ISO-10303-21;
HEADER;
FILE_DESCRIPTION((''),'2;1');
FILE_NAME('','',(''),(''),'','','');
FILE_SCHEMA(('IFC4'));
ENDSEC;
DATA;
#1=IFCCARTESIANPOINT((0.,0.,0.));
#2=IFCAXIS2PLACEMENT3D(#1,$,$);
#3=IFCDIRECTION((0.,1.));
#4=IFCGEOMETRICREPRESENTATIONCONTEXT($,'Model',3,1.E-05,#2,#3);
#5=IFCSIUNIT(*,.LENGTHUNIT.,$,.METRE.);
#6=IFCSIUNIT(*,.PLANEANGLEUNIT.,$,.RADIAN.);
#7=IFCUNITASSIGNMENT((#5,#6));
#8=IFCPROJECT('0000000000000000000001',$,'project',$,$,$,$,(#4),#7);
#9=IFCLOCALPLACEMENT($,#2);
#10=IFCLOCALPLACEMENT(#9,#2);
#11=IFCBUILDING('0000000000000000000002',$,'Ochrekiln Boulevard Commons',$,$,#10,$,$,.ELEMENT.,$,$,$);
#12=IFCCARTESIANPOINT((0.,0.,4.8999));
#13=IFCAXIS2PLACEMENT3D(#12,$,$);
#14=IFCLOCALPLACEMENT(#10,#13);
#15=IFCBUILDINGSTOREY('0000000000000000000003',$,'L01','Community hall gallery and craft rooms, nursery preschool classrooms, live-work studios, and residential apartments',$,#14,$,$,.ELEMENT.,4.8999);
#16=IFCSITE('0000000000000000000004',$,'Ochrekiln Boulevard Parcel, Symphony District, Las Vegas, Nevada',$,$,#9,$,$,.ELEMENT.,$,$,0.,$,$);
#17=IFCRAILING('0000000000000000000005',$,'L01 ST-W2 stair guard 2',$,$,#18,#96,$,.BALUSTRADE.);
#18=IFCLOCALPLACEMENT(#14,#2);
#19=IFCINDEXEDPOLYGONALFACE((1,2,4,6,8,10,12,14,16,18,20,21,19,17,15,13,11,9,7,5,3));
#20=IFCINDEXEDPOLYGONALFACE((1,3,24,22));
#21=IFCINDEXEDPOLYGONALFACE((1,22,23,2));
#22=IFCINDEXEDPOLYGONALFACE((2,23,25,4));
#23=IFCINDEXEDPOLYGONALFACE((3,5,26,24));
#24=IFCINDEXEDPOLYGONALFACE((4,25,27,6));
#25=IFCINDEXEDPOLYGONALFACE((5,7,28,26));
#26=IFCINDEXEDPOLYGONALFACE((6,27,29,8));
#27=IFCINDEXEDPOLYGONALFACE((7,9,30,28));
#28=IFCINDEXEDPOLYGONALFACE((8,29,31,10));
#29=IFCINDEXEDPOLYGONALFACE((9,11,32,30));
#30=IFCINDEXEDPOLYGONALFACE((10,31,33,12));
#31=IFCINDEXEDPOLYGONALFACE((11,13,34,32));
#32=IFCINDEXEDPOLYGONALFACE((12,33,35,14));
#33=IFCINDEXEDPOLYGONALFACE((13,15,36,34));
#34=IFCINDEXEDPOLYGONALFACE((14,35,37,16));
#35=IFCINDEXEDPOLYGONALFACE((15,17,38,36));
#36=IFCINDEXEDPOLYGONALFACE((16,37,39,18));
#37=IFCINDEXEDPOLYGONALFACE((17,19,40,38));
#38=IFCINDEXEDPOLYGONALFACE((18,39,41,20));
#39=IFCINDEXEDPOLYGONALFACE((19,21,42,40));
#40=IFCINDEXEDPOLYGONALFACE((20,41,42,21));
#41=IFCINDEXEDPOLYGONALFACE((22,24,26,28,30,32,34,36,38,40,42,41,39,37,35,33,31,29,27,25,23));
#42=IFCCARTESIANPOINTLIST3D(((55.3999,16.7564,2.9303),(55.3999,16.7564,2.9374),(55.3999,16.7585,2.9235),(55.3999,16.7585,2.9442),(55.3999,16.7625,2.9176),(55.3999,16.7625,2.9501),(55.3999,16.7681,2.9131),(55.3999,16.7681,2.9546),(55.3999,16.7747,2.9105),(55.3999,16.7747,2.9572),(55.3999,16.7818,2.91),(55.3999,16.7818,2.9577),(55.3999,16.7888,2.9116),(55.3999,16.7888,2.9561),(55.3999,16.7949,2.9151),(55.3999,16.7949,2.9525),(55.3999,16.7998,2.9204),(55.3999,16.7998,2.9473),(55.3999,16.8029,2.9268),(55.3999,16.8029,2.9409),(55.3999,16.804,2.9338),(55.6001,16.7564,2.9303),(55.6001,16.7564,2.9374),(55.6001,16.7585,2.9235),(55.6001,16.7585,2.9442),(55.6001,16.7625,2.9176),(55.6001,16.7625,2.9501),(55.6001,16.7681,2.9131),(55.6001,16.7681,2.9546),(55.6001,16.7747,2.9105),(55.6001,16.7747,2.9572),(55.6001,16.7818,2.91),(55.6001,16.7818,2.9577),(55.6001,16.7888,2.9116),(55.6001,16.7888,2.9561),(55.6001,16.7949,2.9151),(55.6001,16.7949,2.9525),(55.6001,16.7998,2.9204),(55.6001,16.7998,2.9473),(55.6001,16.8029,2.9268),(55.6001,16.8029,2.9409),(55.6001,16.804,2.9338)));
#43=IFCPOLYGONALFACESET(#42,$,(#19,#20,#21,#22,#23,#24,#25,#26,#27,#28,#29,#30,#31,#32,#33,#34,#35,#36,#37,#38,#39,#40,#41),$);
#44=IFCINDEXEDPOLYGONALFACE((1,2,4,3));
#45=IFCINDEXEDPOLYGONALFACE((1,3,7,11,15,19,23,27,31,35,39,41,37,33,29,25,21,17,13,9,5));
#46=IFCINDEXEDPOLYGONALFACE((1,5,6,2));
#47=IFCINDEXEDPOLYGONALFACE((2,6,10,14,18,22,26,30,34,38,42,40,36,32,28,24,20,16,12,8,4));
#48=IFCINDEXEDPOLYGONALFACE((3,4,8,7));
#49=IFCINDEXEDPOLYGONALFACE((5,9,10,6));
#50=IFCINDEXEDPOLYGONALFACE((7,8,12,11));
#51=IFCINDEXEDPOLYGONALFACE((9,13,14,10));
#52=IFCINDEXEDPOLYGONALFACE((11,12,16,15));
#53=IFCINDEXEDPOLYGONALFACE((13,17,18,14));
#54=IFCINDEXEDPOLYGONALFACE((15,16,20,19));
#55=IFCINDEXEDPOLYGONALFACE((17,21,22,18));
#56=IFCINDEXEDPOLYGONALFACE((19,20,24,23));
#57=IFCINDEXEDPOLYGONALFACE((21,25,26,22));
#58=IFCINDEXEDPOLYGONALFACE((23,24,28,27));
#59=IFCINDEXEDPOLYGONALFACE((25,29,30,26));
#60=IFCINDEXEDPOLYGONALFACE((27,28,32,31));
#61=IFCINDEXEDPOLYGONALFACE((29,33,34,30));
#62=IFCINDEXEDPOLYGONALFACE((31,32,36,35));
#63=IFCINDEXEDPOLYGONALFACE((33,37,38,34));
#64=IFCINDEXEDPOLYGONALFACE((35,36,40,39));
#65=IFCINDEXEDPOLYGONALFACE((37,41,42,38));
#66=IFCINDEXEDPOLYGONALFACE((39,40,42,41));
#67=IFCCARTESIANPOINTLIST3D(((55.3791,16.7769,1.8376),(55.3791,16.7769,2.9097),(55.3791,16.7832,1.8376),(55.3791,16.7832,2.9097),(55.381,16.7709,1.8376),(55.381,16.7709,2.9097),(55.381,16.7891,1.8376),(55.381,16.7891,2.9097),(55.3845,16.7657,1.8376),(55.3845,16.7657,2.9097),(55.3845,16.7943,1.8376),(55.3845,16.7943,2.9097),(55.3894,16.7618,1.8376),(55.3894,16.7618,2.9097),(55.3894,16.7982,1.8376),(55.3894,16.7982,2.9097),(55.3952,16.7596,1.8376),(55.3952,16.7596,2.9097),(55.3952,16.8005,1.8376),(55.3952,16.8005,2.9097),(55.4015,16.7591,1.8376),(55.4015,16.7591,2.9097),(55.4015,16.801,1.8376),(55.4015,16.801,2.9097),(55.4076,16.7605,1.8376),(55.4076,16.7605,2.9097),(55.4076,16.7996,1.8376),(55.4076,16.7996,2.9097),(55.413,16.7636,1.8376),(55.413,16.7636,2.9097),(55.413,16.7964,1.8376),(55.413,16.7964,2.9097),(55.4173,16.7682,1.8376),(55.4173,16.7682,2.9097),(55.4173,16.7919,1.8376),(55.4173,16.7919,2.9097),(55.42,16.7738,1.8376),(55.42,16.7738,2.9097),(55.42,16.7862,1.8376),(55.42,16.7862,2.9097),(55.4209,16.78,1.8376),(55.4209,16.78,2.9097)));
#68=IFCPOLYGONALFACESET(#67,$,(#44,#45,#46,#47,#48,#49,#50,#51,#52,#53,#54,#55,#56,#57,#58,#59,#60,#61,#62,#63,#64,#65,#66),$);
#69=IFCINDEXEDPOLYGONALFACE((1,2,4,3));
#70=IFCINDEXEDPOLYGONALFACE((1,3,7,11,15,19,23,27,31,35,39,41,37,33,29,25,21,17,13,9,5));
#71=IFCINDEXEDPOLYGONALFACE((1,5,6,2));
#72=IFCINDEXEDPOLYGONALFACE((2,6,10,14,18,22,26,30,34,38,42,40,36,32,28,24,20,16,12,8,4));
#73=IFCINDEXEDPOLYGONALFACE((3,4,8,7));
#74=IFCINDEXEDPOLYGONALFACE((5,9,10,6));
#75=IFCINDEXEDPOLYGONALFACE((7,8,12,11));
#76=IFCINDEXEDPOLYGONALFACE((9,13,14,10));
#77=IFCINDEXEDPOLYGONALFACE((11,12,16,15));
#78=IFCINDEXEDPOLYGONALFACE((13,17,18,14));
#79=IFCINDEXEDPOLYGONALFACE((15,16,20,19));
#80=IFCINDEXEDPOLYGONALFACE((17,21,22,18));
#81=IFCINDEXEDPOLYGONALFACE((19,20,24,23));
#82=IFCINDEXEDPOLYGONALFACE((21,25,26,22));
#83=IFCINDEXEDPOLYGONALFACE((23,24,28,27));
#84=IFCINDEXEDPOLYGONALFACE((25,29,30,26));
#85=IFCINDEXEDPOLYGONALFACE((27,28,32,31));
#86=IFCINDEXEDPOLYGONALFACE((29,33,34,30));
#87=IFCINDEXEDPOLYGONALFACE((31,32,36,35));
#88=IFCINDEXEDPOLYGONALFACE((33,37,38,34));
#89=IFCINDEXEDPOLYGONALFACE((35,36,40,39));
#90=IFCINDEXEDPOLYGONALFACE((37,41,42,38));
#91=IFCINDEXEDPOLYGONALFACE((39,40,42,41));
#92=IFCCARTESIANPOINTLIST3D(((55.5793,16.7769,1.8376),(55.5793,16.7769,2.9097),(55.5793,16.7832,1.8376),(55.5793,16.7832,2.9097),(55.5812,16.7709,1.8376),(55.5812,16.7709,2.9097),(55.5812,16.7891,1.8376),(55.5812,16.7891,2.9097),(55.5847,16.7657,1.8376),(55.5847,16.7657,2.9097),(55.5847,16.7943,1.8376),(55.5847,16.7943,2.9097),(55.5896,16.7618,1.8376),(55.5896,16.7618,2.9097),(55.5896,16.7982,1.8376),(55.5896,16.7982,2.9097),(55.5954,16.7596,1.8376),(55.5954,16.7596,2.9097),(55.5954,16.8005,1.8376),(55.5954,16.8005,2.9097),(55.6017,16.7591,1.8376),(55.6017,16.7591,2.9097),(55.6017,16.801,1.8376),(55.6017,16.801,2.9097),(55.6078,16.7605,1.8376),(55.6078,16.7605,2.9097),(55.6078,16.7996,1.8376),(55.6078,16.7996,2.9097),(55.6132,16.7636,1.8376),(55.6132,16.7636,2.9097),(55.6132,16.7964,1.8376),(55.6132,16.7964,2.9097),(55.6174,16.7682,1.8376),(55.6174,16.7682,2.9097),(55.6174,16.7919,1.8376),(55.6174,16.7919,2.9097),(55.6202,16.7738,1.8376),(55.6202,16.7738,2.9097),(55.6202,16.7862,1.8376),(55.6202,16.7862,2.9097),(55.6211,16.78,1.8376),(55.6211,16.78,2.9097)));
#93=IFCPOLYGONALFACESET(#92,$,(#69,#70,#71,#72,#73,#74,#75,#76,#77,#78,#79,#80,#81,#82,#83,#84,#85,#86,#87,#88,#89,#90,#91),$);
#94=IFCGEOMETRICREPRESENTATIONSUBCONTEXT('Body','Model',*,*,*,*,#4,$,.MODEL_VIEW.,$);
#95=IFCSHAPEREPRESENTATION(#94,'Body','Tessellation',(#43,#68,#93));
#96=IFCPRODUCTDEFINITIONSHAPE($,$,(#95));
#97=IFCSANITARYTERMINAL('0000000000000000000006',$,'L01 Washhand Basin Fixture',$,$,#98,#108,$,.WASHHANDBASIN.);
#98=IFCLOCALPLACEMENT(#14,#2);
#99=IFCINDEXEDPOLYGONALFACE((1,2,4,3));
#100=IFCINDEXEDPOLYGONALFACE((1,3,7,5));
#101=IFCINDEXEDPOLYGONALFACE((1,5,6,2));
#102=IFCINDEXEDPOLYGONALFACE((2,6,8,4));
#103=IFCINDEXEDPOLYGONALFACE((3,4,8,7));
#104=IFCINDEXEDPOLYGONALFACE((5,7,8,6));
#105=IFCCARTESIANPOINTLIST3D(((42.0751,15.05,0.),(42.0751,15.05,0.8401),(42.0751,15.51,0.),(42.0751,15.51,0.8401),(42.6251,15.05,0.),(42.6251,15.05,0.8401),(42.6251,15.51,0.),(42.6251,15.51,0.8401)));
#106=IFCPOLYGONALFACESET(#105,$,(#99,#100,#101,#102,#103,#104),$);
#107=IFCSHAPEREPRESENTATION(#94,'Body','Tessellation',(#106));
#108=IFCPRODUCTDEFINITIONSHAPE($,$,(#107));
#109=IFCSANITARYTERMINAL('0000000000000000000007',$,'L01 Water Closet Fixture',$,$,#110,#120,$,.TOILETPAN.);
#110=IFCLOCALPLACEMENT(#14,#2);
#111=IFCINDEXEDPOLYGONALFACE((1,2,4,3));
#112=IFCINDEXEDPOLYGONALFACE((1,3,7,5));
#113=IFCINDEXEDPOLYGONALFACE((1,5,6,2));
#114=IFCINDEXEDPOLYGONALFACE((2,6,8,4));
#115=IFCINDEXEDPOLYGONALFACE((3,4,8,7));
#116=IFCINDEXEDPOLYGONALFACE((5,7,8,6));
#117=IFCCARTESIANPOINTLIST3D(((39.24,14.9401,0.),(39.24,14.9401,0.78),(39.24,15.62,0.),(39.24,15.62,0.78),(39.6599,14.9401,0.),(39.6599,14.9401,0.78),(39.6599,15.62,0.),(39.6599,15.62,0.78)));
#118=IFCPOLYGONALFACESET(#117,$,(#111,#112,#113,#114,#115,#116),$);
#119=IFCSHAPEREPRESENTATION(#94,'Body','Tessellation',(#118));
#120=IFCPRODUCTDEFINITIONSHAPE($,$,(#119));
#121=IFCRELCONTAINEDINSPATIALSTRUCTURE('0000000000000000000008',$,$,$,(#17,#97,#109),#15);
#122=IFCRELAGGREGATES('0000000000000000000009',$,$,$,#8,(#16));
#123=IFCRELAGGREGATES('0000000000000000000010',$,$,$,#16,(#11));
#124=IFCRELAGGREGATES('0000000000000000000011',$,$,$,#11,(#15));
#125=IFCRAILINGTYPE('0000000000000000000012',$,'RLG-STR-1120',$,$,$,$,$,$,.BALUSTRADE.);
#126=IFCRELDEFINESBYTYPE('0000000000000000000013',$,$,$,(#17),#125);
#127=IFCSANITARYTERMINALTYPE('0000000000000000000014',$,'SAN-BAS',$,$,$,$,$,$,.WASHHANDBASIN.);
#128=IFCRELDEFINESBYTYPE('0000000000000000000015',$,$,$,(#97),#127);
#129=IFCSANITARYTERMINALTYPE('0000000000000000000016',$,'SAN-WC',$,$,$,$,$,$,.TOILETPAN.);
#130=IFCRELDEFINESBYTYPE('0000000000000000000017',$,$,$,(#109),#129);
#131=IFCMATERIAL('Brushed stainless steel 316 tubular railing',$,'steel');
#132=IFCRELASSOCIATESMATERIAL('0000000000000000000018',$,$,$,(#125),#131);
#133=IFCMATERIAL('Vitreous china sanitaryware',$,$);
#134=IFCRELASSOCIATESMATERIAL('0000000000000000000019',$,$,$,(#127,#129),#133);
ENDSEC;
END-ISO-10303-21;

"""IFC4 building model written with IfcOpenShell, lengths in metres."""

from ifc_helpers import new_model, si_unit, direction, frame, origin, origin_2d, place, context, subcontext, project, spatial, rectangle, circle, extrude, material, type_object, element, save


model = new_model("IFC4")

# Units and contexts
model_context = context("Model", 3, precision=1e-05, world=origin(), true_north=direction((0.0, 1.0)))
body_context = subcontext(model_context, "Body", "Model", "MODEL_VIEW")
ifc_project = project(units=[si_unit("LENGTHUNIT", "METRE"), si_unit("PLANEANGLEUNIT", "RADIAN")], contexts=[model_context])

# Site, building, storey
site_placement = place(None, origin())
site = spatial("IfcSite", under=ifc_project, at=site_placement, Name="Ochrekiln Boulevard Parcel, Symphony District, Las Vegas, Nevada", CompositionType="ELEMENT", RefElevation=0.0)
building_placement = place(site_placement, origin())
building = spatial("IfcBuilding", under=site, at=building_placement, Name="Ochrekiln Boulevard Commons", CompositionType="ELEMENT")
storey_placement = place(building_placement, frame((0.0, 0.0, 4.8999)))
storey = spatial("IfcBuildingStorey", under=building, at=storey_placement, Name="L01", Description="Community hall gallery and craft rooms, nursery preschool classrooms, live-work studios, and residential apartments", CompositionType="ELEMENT", Elevation=4.8999)

# Railing
ifc_material_1 = material(Name="Brushed stainless steel 316 tubular railing", Category="steel")
railing_type_1 = type_object("IfcRailingType", Name="RLG-STR-1120", PredefinedType="BALUSTRADE", material=ifc_material_1)
railing_1_placement = place(storey_placement, frame((55.3999, 16.78, 1.8376)))
element("IfcRailing", 1, at=railing_1_placement, inside=storey, type_object=railing_type_1, Name="L01 ST-W2 stair guard 2", PredefinedType="BALUSTRADE", context=body_context, shape_type="SweptSolid", body=[
    extrude(circle(Radius=0.0239, at=origin_2d()), frame((0.0, 0.0, 1.0962), z_axis=(1.0, 0.0, 0.0), x_axis=(0.0, 1.0, 0.0)), (0.0, 0.0, 1.0), 0.2002),
    extrude(circle(Radius=0.021, at=origin_2d()), origin(), (0.0, 0.0, 1.0), 1.072),
    extrude(circle(Radius=0.021, at=origin_2d()), frame((0.2002, 0.0, 0.0)), (0.0, 0.0, 1.0), 1.072),
])

# Sanitary terminals
ifc_material_2 = material(Name="Vitreous china sanitaryware")
sanitary_terminal_type_1 = type_object("IfcSanitaryTerminalType", Name="SAN-BAS", PredefinedType="WASHHANDBASIN", material=ifc_material_2)
sanitary_terminal_1_placement = place(storey_placement, frame((42.3501, 15.28, 0.0), z_axis=(0.0, 0.0, 1.0), x_axis=(1.0, 0.0, 0.0)))
element("IfcSanitaryTerminal", 2, at=sanitary_terminal_1_placement, inside=storey, type_object=sanitary_terminal_type_1, Name="L01 Washhand Basin Fixture", PredefinedType="WASHHANDBASIN", context=body_context, shape_type="SweptSolid", body=[
    extrude(rectangle(XDim=0.55, YDim=0.46, at=origin_2d()), origin(), (0.0, 0.0, 1.0), 0.8401),
])
sanitary_terminal_type_2 = type_object("IfcSanitaryTerminalType", Name="SAN-WC", PredefinedType="TOILETPAN", material=ifc_material_2)
sanitary_terminal_2_placement = place(storey_placement, frame((39.45, 15.28, 0.0), z_axis=(0.0, 0.0, 1.0), x_axis=(1.0, 0.0, 0.0)))
element("IfcSanitaryTerminal", 3, at=sanitary_terminal_2_placement, inside=storey, type_object=sanitary_terminal_type_2, Name="L01 Water Closet Fixture", PredefinedType="TOILETPAN", context=body_context, shape_type="SweptSolid", body=[
    extrude(rectangle(XDim=0.4199, YDim=0.6799, at=origin_2d()), origin(), (0.0, 0.0, 1.0), 0.78),
])

save(model, "model.ifc")
